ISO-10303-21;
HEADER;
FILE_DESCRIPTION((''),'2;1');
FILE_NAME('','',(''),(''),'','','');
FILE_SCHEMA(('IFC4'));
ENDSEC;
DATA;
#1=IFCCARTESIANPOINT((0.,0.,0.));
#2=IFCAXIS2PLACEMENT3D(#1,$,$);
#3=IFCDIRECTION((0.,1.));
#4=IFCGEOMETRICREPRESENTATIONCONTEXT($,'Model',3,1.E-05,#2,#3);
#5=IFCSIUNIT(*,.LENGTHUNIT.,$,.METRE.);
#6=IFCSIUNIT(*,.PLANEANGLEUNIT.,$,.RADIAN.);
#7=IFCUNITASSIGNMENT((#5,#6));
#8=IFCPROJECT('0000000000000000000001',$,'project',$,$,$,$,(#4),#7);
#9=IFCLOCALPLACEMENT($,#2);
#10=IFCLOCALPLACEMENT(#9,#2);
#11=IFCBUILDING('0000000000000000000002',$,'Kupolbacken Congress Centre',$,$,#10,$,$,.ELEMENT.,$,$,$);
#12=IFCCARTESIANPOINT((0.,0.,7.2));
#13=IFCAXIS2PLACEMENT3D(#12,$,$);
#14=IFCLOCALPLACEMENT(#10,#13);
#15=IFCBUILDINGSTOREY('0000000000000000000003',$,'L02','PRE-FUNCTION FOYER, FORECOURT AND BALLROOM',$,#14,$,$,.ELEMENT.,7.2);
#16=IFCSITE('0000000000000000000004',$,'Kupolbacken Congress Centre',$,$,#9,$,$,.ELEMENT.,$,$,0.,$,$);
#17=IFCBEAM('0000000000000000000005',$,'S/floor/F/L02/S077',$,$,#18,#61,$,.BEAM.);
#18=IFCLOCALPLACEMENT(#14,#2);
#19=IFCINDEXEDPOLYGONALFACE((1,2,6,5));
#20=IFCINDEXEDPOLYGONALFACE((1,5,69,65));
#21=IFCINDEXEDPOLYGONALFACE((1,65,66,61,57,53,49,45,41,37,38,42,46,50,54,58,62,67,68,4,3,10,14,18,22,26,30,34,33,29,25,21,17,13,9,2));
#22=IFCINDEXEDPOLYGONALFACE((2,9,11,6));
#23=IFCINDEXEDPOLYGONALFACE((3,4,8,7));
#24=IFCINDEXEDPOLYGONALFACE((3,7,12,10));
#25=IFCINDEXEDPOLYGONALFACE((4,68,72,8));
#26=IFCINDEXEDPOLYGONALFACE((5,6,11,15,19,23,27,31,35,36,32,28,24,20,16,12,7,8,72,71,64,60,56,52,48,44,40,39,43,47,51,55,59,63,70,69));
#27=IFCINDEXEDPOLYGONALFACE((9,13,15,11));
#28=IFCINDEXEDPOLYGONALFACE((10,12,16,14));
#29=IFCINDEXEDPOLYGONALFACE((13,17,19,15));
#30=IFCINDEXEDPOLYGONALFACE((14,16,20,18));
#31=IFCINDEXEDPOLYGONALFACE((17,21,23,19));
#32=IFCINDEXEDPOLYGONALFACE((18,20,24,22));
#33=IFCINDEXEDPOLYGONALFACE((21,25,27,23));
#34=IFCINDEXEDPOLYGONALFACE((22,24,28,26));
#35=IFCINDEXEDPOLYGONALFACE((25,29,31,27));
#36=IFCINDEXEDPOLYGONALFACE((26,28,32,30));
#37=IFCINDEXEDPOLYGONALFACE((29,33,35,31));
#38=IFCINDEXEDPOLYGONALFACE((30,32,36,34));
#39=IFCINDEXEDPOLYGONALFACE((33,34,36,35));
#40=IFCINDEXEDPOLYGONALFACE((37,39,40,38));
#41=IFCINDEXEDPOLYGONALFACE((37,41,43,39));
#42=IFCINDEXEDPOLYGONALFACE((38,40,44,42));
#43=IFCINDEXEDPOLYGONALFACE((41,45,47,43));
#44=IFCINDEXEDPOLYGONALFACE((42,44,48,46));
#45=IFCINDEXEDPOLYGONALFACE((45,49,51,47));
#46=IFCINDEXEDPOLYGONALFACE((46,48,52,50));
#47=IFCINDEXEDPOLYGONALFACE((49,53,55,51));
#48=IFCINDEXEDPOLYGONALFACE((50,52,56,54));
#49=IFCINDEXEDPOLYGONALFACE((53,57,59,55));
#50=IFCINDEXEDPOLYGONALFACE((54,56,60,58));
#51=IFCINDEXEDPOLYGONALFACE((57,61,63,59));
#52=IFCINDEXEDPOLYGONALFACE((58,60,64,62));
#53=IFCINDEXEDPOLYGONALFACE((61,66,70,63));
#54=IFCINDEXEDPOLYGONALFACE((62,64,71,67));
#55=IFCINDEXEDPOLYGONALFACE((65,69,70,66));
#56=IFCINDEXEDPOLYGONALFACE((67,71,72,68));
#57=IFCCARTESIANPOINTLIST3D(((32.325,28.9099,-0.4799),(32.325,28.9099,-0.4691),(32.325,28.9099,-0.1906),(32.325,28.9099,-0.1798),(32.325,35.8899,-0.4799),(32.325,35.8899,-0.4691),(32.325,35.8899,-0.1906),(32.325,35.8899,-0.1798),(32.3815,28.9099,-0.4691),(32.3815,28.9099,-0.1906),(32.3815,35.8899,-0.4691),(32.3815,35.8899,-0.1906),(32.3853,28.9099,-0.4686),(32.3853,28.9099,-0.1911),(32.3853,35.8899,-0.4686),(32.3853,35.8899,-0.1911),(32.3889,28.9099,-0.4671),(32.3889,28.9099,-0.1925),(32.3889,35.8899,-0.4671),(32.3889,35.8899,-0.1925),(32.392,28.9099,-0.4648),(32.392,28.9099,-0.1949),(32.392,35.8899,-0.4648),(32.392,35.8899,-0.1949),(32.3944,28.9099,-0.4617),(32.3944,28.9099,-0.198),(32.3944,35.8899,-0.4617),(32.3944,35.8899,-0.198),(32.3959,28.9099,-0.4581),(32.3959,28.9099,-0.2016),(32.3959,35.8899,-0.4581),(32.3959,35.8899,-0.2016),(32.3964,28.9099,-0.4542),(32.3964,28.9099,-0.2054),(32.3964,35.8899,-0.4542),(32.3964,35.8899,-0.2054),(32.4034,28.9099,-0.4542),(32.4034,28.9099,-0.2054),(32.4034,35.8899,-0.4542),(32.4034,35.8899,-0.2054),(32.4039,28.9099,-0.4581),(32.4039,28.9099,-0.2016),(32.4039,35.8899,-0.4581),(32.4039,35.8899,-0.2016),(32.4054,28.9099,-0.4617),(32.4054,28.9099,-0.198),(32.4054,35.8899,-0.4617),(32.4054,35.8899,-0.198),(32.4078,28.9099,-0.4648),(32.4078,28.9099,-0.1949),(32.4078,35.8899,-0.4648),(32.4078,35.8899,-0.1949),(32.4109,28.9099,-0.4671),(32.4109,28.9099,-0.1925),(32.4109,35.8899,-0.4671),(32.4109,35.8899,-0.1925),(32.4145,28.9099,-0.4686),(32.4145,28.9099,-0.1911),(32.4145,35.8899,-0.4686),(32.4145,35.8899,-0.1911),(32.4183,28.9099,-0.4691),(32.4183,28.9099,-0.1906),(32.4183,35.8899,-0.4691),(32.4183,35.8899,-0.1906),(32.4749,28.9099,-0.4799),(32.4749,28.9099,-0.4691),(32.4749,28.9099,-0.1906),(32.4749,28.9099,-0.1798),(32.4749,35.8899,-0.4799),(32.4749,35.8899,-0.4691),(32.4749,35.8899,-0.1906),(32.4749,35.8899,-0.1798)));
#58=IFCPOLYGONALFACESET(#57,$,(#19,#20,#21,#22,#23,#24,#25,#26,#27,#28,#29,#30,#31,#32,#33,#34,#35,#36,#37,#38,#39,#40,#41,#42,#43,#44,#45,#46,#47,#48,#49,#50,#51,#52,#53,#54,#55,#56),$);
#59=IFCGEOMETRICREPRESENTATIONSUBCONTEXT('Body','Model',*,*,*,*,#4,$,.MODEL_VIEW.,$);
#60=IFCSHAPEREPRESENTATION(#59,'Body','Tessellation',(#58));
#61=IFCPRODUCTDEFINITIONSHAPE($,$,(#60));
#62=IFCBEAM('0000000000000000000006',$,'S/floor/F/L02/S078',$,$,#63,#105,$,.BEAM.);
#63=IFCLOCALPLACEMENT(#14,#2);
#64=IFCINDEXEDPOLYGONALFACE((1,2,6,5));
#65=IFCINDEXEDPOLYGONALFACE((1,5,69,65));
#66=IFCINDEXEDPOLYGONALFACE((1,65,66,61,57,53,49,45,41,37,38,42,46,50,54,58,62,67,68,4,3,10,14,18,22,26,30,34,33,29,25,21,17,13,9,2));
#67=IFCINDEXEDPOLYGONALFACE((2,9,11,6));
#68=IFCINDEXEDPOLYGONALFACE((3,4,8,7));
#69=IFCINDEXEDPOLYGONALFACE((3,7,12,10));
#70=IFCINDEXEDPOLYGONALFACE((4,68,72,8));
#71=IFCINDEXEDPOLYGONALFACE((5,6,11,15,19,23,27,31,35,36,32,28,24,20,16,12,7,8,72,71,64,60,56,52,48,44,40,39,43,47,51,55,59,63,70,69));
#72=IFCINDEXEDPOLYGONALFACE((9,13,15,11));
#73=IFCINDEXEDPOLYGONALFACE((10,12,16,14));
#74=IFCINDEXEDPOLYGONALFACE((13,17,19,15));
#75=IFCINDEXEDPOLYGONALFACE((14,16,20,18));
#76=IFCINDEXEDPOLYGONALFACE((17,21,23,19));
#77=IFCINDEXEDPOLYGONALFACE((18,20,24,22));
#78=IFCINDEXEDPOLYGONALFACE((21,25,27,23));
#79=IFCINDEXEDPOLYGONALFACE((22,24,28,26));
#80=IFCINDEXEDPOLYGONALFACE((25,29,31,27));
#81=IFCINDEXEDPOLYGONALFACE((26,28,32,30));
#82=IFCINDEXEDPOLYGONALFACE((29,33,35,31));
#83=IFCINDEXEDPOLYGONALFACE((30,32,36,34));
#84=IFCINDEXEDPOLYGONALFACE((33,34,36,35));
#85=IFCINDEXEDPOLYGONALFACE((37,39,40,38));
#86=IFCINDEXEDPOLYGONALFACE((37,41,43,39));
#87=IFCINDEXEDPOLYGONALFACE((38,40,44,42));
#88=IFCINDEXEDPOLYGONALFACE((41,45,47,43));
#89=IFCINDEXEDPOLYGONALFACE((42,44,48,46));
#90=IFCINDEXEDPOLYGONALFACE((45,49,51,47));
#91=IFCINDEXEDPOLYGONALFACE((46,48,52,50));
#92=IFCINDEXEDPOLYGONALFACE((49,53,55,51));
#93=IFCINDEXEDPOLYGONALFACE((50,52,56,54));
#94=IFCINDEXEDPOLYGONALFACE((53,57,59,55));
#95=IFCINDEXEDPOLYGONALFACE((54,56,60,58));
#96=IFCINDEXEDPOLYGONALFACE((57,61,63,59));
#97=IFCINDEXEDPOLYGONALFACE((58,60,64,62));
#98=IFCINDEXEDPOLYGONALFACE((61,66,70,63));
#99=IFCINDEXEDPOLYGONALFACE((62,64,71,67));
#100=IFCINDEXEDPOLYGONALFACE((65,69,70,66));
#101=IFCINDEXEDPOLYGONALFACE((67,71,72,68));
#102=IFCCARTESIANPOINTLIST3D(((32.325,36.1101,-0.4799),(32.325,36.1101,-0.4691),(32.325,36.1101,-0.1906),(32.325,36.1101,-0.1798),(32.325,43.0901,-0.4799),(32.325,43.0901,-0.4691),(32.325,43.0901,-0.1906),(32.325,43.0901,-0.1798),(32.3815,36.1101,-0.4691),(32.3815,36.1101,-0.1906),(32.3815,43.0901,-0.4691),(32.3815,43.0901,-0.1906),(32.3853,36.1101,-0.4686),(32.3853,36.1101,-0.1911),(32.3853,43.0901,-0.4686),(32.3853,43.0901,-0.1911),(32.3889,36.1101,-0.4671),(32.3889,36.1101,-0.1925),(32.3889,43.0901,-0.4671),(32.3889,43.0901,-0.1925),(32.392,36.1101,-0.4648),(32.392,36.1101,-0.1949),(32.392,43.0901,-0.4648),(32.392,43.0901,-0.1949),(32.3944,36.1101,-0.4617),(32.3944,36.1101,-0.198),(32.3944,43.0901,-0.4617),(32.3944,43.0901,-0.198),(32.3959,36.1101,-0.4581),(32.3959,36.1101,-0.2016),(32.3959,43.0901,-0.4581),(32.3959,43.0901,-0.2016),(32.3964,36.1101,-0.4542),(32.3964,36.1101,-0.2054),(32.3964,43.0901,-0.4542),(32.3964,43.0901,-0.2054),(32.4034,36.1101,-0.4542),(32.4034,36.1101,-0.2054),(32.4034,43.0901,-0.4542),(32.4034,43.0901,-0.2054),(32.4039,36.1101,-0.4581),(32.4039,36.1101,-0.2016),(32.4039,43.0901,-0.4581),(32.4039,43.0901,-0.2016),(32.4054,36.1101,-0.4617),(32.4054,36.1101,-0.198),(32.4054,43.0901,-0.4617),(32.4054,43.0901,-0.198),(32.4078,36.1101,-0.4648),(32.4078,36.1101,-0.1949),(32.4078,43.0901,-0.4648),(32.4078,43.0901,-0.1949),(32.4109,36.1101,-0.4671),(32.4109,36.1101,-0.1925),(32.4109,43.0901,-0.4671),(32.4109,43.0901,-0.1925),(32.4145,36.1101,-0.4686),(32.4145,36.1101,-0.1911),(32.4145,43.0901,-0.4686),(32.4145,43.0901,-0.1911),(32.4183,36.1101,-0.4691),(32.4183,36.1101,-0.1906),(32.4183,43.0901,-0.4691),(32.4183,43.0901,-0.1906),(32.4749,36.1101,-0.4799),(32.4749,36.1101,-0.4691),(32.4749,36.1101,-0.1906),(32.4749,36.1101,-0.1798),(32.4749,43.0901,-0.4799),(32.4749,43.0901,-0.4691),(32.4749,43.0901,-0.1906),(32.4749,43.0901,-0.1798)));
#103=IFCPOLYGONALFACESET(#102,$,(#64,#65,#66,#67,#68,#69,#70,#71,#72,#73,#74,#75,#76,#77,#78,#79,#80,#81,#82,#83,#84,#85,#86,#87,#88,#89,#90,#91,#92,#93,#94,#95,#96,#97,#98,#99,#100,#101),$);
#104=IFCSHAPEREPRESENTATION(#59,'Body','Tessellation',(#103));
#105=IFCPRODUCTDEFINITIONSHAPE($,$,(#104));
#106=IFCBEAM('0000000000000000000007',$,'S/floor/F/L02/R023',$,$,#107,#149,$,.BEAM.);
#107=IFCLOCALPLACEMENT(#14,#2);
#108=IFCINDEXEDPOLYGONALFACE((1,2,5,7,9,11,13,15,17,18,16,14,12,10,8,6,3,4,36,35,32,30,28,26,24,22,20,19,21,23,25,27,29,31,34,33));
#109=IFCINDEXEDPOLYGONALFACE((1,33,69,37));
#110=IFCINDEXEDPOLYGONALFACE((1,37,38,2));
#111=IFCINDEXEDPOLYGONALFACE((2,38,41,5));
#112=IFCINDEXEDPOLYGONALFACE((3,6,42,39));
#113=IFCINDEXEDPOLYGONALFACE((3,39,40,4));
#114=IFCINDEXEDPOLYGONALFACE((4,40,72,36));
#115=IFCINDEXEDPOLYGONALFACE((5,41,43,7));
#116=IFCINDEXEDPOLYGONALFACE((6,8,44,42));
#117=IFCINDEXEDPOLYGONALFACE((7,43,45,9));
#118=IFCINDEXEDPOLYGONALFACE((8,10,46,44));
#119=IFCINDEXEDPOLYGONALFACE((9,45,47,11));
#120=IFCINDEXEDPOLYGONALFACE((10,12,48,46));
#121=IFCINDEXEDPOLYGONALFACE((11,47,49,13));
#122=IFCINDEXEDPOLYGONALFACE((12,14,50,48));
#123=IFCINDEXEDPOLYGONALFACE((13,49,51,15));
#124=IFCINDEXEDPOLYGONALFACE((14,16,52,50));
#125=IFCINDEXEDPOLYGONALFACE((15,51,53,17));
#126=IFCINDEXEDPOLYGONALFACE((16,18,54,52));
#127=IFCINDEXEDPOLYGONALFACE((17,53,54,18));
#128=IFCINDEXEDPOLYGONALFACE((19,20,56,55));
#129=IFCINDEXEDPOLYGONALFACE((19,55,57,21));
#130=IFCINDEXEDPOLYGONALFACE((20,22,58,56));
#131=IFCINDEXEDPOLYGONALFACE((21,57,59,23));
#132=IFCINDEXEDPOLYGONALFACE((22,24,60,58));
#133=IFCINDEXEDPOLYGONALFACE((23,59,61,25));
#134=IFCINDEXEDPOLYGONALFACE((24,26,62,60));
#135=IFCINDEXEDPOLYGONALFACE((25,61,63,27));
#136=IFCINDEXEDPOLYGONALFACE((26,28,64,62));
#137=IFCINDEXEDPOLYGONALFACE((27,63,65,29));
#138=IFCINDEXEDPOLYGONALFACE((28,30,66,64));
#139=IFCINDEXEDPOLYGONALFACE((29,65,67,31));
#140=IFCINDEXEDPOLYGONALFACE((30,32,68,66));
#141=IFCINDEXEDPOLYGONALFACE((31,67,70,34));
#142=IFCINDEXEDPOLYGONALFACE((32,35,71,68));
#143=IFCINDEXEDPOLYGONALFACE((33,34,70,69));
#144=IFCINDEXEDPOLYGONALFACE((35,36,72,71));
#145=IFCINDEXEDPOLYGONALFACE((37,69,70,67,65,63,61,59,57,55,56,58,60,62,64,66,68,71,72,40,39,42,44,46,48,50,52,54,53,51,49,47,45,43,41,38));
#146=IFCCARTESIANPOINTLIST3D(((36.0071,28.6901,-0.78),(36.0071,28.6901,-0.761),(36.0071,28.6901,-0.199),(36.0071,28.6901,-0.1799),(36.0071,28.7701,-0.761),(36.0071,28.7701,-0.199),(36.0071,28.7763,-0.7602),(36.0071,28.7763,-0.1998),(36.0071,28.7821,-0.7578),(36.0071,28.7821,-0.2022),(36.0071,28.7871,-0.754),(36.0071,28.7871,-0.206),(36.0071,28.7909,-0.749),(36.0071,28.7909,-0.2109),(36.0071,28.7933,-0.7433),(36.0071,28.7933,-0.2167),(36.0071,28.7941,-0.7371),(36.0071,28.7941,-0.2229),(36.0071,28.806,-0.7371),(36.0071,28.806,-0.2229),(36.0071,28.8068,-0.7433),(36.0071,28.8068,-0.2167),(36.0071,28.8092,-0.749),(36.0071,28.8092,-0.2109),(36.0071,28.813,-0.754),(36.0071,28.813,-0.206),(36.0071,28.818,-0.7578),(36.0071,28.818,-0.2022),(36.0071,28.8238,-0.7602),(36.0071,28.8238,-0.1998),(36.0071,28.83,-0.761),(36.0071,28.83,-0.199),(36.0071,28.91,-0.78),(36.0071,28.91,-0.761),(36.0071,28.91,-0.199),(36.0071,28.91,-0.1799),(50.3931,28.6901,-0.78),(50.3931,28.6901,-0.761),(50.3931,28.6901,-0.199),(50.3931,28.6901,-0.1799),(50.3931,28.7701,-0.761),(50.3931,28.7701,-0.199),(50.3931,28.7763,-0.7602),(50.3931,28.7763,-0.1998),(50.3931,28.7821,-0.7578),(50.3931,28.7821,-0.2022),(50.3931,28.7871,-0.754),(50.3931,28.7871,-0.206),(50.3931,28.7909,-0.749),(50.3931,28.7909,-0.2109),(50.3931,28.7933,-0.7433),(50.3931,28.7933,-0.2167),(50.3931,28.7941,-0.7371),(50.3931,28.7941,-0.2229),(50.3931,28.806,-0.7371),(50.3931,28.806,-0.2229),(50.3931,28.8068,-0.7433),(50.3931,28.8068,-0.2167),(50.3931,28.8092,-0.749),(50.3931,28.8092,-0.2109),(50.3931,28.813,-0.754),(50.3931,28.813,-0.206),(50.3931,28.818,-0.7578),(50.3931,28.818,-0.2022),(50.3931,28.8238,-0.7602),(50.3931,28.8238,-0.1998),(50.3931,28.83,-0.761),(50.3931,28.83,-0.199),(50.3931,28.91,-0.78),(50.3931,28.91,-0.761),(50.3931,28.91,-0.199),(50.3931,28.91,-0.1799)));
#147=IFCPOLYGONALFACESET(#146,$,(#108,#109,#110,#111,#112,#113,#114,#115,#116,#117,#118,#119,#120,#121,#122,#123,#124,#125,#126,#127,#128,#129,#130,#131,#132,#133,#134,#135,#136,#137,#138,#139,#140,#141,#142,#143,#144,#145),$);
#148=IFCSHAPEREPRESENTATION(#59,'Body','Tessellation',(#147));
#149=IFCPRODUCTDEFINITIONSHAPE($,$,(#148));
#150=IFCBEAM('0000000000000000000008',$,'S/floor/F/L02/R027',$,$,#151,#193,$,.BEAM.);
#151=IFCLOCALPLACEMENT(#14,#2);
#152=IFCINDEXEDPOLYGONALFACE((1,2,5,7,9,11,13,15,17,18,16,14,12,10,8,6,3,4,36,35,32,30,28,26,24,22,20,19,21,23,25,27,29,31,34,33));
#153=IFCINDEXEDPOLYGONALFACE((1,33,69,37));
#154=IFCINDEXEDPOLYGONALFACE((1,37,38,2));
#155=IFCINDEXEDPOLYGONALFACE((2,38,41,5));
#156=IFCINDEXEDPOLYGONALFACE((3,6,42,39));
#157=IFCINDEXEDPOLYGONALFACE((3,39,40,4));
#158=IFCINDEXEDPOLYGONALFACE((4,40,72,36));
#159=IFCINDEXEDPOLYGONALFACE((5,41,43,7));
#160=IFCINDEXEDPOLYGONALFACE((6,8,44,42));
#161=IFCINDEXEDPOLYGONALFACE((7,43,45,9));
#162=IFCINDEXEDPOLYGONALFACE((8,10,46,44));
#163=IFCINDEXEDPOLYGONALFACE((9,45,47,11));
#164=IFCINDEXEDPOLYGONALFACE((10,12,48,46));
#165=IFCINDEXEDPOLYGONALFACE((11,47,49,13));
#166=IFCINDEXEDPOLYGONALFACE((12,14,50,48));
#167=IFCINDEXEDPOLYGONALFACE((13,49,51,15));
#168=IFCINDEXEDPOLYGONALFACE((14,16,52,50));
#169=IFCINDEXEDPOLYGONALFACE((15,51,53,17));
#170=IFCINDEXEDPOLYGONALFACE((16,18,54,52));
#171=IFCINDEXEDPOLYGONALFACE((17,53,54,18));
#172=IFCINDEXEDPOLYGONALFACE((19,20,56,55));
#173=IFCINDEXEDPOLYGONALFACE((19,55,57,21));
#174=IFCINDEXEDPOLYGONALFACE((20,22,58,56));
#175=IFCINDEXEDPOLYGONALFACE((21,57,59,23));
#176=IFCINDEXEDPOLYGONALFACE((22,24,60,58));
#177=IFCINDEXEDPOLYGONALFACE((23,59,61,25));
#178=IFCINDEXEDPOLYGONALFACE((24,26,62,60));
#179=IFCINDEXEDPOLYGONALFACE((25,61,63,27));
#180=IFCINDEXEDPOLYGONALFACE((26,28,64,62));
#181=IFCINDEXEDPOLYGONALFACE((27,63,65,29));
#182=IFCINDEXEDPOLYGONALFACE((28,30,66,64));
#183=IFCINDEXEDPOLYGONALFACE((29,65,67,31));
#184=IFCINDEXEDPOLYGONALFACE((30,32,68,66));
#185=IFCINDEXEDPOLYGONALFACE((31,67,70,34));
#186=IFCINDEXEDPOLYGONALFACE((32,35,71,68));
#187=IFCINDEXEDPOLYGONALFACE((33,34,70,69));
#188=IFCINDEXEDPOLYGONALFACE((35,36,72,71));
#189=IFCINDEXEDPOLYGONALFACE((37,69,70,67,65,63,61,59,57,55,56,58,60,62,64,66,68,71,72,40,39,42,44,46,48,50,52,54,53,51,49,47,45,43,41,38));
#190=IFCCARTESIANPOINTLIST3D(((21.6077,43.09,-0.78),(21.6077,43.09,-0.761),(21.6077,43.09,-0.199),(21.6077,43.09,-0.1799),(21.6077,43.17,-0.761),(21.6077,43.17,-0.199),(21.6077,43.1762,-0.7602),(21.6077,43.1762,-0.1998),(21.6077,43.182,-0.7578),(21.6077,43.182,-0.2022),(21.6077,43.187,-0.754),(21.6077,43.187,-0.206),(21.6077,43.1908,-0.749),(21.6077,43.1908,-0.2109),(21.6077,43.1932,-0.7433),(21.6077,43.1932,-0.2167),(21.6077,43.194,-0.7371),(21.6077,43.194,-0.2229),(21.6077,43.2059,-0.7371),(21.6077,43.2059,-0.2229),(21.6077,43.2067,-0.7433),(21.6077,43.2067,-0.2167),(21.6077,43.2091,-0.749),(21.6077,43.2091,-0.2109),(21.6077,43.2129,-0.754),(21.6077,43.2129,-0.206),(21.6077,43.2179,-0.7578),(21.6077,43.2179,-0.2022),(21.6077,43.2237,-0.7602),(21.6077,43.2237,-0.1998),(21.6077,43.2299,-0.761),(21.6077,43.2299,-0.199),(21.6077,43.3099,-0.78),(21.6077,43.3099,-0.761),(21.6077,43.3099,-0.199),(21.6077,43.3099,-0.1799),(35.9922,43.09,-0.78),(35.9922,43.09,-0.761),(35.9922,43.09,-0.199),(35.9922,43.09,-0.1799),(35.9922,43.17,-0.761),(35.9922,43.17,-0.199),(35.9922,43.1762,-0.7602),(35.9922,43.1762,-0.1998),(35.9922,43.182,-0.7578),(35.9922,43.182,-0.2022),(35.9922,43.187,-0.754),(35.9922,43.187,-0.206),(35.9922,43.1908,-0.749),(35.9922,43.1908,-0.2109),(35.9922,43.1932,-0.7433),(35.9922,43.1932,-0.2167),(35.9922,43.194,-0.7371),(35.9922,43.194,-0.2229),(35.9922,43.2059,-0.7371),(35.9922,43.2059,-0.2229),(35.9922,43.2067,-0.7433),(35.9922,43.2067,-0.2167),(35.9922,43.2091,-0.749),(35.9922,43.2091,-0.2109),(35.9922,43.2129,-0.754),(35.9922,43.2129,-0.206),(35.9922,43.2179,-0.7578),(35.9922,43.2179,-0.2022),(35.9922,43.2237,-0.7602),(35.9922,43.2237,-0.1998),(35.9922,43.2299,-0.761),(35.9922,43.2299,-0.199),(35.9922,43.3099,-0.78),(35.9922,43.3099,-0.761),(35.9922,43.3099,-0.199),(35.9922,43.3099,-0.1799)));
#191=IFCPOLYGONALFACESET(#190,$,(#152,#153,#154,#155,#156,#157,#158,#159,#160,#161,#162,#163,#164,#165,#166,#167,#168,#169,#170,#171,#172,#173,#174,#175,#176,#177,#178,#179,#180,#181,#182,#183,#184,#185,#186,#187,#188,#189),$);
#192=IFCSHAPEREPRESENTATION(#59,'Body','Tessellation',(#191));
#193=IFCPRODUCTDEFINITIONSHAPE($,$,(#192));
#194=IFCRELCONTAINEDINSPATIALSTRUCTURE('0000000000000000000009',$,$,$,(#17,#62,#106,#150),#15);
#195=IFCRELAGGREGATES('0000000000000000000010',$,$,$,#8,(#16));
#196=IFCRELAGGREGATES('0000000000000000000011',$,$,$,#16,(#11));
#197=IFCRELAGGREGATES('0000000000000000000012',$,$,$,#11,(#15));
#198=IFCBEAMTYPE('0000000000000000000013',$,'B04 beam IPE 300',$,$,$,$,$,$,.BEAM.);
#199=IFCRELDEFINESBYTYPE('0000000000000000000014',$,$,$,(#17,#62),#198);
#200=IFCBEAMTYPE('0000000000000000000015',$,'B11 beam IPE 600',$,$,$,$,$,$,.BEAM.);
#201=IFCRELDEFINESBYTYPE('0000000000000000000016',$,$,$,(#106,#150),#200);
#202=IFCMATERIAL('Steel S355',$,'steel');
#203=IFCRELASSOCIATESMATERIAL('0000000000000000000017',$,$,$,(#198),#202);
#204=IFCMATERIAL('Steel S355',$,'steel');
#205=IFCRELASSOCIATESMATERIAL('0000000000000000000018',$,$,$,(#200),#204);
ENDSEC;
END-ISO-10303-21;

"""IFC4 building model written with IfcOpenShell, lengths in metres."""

from ifc_helpers import new_model, si_unit, direction, frame, origin, origin_2d, place, context, subcontext, project, spatial, i_section, extrude, material, material_profile, profile_set, type_object, element, save


model = new_model("IFC4")

# Units and contexts
model_context = context("Model", 3, precision=1e-05, world=origin(), true_north=direction((0.0, 1.0)))
body_context = subcontext(model_context, "Body", "Model", "MODEL_VIEW")
ifc_project = project(units=[si_unit("LENGTHUNIT", "METRE"), si_unit("PLANEANGLEUNIT", "RADIAN")], contexts=[model_context])

# Site, building, storey
site_placement = place(None, origin())
site = spatial("IfcSite", under=ifc_project, at=site_placement, Name="Kupolbacken Congress Centre", CompositionType="ELEMENT", RefElevation=0.0)
building_placement = place(site_placement, origin())
building = spatial("IfcBuilding", under=site, at=building_placement, Name="Kupolbacken Congress Centre", CompositionType="ELEMENT")
storey_placement = place(building_placement, frame((0.0, 0.0, 7.2)))
storey = spatial("IfcBuildingStorey", under=building, at=storey_placement, Name="L02", Description="PRE-FUNCTION FOYER, FORECOURT AND BALLROOM", CompositionType="ELEMENT", Elevation=7.2)

# Beams
ifc_material_1 = material(Name="Steel S355", Category="steel")
ifc_material_profile_1 = material_profile(ifc_material_1, i_section(OverallWidth=0.1499, OverallDepth=0.3, WebThickness=0.0071, FlangeThickness=0.0107, FilletRadius=0.0149, at=origin_2d()), Name="IPE 300")
ifc_profile_set_1 = profile_set([ifc_material_profile_1], Name="Steel S355")
beam_type_1 = type_object("IfcBeamType", Name="B04 beam IPE 300", PredefinedType="BEAM", material=ifc_profile_set_1)
for number, where, z_axis, x_axis, name in (
    (1, (32.3999, 28.9099, -0.3298), (0.0, 1.0, 0.0), (-1.0, 0.0, 0.0), "S/floor/F/L02/S077"),
    (2, (32.3999, 36.1101, -0.3298), (0.0, 1.0, 0.0), (-1.0, 0.0, 0.0), "S/floor/F/L02/S078"),
):
    element("IfcBeam", number, at=place(storey_placement, frame(where, z_axis=z_axis, x_axis=x_axis)), inside=storey, type_object=beam_type_1, Name=name, PredefinedType="BEAM", context=body_context, shape_type="SweptSolid", body=[
        extrude(i_section(OverallWidth=0.1499, OverallDepth=0.3, WebThickness=0.0071, FlangeThickness=0.0107, FilletRadius=0.0149, at=origin_2d()), origin(), (0.0, 0.0, 1.0), 6.98),
    ])
ifc_material_2 = material(Name="Steel S355", Category="steel")
ifc_material_profile_2 = material_profile(ifc_material_2, i_section(OverallWidth=0.22, OverallDepth=0.6001, WebThickness=0.012, FlangeThickness=0.019, FilletRadius=0.0239, at=origin_2d()), Name="IPE 600")
ifc_profile_set_2 = profile_set([ifc_material_profile_2], Name="Steel S355")
beam_type_2 = type_object("IfcBeamType", Name="B11 beam IPE 600", PredefinedType="BEAM", material=ifc_profile_set_2)
beam_1_placement = place(storey_placement, frame((36.0071, 28.8, -0.48), z_axis=(1.0, 0.0, 0.0), x_axis=(0.0, 1.0, 0.0)))
element("IfcBeam", 3, at=beam_1_placement, inside=storey, type_object=beam_type_2, Name="S/floor/F/L02/R023", PredefinedType="BEAM", context=body_context, shape_type="SweptSolid", body=[
    extrude(i_section(OverallWidth=0.22, OverallDepth=0.6001, WebThickness=0.012, FlangeThickness=0.019, FilletRadius=0.0239, at=origin_2d()), origin(), (0.0, 0.0, 1.0), 14.386),
])
beam_2_placement = place(storey_placement, frame((21.6077, 43.2, -0.48), z_axis=(1.0, 0.0, 0.0), x_axis=(0.0, 1.0, 0.0)))
element("IfcBeam", 4, at=beam_2_placement, inside=storey, type_object=beam_type_2, Name="S/floor/F/L02/R027", PredefinedType="BEAM", context=body_context, shape_type="SweptSolid", body=[
    extrude(i_section(OverallWidth=0.22, OverallDepth=0.6001, WebThickness=0.012, FlangeThickness=0.019, FilletRadius=0.0239, at=origin_2d()), origin(), (0.0, 0.0, 1.0), 14.3845),
])

save(model, "model.ifc")
